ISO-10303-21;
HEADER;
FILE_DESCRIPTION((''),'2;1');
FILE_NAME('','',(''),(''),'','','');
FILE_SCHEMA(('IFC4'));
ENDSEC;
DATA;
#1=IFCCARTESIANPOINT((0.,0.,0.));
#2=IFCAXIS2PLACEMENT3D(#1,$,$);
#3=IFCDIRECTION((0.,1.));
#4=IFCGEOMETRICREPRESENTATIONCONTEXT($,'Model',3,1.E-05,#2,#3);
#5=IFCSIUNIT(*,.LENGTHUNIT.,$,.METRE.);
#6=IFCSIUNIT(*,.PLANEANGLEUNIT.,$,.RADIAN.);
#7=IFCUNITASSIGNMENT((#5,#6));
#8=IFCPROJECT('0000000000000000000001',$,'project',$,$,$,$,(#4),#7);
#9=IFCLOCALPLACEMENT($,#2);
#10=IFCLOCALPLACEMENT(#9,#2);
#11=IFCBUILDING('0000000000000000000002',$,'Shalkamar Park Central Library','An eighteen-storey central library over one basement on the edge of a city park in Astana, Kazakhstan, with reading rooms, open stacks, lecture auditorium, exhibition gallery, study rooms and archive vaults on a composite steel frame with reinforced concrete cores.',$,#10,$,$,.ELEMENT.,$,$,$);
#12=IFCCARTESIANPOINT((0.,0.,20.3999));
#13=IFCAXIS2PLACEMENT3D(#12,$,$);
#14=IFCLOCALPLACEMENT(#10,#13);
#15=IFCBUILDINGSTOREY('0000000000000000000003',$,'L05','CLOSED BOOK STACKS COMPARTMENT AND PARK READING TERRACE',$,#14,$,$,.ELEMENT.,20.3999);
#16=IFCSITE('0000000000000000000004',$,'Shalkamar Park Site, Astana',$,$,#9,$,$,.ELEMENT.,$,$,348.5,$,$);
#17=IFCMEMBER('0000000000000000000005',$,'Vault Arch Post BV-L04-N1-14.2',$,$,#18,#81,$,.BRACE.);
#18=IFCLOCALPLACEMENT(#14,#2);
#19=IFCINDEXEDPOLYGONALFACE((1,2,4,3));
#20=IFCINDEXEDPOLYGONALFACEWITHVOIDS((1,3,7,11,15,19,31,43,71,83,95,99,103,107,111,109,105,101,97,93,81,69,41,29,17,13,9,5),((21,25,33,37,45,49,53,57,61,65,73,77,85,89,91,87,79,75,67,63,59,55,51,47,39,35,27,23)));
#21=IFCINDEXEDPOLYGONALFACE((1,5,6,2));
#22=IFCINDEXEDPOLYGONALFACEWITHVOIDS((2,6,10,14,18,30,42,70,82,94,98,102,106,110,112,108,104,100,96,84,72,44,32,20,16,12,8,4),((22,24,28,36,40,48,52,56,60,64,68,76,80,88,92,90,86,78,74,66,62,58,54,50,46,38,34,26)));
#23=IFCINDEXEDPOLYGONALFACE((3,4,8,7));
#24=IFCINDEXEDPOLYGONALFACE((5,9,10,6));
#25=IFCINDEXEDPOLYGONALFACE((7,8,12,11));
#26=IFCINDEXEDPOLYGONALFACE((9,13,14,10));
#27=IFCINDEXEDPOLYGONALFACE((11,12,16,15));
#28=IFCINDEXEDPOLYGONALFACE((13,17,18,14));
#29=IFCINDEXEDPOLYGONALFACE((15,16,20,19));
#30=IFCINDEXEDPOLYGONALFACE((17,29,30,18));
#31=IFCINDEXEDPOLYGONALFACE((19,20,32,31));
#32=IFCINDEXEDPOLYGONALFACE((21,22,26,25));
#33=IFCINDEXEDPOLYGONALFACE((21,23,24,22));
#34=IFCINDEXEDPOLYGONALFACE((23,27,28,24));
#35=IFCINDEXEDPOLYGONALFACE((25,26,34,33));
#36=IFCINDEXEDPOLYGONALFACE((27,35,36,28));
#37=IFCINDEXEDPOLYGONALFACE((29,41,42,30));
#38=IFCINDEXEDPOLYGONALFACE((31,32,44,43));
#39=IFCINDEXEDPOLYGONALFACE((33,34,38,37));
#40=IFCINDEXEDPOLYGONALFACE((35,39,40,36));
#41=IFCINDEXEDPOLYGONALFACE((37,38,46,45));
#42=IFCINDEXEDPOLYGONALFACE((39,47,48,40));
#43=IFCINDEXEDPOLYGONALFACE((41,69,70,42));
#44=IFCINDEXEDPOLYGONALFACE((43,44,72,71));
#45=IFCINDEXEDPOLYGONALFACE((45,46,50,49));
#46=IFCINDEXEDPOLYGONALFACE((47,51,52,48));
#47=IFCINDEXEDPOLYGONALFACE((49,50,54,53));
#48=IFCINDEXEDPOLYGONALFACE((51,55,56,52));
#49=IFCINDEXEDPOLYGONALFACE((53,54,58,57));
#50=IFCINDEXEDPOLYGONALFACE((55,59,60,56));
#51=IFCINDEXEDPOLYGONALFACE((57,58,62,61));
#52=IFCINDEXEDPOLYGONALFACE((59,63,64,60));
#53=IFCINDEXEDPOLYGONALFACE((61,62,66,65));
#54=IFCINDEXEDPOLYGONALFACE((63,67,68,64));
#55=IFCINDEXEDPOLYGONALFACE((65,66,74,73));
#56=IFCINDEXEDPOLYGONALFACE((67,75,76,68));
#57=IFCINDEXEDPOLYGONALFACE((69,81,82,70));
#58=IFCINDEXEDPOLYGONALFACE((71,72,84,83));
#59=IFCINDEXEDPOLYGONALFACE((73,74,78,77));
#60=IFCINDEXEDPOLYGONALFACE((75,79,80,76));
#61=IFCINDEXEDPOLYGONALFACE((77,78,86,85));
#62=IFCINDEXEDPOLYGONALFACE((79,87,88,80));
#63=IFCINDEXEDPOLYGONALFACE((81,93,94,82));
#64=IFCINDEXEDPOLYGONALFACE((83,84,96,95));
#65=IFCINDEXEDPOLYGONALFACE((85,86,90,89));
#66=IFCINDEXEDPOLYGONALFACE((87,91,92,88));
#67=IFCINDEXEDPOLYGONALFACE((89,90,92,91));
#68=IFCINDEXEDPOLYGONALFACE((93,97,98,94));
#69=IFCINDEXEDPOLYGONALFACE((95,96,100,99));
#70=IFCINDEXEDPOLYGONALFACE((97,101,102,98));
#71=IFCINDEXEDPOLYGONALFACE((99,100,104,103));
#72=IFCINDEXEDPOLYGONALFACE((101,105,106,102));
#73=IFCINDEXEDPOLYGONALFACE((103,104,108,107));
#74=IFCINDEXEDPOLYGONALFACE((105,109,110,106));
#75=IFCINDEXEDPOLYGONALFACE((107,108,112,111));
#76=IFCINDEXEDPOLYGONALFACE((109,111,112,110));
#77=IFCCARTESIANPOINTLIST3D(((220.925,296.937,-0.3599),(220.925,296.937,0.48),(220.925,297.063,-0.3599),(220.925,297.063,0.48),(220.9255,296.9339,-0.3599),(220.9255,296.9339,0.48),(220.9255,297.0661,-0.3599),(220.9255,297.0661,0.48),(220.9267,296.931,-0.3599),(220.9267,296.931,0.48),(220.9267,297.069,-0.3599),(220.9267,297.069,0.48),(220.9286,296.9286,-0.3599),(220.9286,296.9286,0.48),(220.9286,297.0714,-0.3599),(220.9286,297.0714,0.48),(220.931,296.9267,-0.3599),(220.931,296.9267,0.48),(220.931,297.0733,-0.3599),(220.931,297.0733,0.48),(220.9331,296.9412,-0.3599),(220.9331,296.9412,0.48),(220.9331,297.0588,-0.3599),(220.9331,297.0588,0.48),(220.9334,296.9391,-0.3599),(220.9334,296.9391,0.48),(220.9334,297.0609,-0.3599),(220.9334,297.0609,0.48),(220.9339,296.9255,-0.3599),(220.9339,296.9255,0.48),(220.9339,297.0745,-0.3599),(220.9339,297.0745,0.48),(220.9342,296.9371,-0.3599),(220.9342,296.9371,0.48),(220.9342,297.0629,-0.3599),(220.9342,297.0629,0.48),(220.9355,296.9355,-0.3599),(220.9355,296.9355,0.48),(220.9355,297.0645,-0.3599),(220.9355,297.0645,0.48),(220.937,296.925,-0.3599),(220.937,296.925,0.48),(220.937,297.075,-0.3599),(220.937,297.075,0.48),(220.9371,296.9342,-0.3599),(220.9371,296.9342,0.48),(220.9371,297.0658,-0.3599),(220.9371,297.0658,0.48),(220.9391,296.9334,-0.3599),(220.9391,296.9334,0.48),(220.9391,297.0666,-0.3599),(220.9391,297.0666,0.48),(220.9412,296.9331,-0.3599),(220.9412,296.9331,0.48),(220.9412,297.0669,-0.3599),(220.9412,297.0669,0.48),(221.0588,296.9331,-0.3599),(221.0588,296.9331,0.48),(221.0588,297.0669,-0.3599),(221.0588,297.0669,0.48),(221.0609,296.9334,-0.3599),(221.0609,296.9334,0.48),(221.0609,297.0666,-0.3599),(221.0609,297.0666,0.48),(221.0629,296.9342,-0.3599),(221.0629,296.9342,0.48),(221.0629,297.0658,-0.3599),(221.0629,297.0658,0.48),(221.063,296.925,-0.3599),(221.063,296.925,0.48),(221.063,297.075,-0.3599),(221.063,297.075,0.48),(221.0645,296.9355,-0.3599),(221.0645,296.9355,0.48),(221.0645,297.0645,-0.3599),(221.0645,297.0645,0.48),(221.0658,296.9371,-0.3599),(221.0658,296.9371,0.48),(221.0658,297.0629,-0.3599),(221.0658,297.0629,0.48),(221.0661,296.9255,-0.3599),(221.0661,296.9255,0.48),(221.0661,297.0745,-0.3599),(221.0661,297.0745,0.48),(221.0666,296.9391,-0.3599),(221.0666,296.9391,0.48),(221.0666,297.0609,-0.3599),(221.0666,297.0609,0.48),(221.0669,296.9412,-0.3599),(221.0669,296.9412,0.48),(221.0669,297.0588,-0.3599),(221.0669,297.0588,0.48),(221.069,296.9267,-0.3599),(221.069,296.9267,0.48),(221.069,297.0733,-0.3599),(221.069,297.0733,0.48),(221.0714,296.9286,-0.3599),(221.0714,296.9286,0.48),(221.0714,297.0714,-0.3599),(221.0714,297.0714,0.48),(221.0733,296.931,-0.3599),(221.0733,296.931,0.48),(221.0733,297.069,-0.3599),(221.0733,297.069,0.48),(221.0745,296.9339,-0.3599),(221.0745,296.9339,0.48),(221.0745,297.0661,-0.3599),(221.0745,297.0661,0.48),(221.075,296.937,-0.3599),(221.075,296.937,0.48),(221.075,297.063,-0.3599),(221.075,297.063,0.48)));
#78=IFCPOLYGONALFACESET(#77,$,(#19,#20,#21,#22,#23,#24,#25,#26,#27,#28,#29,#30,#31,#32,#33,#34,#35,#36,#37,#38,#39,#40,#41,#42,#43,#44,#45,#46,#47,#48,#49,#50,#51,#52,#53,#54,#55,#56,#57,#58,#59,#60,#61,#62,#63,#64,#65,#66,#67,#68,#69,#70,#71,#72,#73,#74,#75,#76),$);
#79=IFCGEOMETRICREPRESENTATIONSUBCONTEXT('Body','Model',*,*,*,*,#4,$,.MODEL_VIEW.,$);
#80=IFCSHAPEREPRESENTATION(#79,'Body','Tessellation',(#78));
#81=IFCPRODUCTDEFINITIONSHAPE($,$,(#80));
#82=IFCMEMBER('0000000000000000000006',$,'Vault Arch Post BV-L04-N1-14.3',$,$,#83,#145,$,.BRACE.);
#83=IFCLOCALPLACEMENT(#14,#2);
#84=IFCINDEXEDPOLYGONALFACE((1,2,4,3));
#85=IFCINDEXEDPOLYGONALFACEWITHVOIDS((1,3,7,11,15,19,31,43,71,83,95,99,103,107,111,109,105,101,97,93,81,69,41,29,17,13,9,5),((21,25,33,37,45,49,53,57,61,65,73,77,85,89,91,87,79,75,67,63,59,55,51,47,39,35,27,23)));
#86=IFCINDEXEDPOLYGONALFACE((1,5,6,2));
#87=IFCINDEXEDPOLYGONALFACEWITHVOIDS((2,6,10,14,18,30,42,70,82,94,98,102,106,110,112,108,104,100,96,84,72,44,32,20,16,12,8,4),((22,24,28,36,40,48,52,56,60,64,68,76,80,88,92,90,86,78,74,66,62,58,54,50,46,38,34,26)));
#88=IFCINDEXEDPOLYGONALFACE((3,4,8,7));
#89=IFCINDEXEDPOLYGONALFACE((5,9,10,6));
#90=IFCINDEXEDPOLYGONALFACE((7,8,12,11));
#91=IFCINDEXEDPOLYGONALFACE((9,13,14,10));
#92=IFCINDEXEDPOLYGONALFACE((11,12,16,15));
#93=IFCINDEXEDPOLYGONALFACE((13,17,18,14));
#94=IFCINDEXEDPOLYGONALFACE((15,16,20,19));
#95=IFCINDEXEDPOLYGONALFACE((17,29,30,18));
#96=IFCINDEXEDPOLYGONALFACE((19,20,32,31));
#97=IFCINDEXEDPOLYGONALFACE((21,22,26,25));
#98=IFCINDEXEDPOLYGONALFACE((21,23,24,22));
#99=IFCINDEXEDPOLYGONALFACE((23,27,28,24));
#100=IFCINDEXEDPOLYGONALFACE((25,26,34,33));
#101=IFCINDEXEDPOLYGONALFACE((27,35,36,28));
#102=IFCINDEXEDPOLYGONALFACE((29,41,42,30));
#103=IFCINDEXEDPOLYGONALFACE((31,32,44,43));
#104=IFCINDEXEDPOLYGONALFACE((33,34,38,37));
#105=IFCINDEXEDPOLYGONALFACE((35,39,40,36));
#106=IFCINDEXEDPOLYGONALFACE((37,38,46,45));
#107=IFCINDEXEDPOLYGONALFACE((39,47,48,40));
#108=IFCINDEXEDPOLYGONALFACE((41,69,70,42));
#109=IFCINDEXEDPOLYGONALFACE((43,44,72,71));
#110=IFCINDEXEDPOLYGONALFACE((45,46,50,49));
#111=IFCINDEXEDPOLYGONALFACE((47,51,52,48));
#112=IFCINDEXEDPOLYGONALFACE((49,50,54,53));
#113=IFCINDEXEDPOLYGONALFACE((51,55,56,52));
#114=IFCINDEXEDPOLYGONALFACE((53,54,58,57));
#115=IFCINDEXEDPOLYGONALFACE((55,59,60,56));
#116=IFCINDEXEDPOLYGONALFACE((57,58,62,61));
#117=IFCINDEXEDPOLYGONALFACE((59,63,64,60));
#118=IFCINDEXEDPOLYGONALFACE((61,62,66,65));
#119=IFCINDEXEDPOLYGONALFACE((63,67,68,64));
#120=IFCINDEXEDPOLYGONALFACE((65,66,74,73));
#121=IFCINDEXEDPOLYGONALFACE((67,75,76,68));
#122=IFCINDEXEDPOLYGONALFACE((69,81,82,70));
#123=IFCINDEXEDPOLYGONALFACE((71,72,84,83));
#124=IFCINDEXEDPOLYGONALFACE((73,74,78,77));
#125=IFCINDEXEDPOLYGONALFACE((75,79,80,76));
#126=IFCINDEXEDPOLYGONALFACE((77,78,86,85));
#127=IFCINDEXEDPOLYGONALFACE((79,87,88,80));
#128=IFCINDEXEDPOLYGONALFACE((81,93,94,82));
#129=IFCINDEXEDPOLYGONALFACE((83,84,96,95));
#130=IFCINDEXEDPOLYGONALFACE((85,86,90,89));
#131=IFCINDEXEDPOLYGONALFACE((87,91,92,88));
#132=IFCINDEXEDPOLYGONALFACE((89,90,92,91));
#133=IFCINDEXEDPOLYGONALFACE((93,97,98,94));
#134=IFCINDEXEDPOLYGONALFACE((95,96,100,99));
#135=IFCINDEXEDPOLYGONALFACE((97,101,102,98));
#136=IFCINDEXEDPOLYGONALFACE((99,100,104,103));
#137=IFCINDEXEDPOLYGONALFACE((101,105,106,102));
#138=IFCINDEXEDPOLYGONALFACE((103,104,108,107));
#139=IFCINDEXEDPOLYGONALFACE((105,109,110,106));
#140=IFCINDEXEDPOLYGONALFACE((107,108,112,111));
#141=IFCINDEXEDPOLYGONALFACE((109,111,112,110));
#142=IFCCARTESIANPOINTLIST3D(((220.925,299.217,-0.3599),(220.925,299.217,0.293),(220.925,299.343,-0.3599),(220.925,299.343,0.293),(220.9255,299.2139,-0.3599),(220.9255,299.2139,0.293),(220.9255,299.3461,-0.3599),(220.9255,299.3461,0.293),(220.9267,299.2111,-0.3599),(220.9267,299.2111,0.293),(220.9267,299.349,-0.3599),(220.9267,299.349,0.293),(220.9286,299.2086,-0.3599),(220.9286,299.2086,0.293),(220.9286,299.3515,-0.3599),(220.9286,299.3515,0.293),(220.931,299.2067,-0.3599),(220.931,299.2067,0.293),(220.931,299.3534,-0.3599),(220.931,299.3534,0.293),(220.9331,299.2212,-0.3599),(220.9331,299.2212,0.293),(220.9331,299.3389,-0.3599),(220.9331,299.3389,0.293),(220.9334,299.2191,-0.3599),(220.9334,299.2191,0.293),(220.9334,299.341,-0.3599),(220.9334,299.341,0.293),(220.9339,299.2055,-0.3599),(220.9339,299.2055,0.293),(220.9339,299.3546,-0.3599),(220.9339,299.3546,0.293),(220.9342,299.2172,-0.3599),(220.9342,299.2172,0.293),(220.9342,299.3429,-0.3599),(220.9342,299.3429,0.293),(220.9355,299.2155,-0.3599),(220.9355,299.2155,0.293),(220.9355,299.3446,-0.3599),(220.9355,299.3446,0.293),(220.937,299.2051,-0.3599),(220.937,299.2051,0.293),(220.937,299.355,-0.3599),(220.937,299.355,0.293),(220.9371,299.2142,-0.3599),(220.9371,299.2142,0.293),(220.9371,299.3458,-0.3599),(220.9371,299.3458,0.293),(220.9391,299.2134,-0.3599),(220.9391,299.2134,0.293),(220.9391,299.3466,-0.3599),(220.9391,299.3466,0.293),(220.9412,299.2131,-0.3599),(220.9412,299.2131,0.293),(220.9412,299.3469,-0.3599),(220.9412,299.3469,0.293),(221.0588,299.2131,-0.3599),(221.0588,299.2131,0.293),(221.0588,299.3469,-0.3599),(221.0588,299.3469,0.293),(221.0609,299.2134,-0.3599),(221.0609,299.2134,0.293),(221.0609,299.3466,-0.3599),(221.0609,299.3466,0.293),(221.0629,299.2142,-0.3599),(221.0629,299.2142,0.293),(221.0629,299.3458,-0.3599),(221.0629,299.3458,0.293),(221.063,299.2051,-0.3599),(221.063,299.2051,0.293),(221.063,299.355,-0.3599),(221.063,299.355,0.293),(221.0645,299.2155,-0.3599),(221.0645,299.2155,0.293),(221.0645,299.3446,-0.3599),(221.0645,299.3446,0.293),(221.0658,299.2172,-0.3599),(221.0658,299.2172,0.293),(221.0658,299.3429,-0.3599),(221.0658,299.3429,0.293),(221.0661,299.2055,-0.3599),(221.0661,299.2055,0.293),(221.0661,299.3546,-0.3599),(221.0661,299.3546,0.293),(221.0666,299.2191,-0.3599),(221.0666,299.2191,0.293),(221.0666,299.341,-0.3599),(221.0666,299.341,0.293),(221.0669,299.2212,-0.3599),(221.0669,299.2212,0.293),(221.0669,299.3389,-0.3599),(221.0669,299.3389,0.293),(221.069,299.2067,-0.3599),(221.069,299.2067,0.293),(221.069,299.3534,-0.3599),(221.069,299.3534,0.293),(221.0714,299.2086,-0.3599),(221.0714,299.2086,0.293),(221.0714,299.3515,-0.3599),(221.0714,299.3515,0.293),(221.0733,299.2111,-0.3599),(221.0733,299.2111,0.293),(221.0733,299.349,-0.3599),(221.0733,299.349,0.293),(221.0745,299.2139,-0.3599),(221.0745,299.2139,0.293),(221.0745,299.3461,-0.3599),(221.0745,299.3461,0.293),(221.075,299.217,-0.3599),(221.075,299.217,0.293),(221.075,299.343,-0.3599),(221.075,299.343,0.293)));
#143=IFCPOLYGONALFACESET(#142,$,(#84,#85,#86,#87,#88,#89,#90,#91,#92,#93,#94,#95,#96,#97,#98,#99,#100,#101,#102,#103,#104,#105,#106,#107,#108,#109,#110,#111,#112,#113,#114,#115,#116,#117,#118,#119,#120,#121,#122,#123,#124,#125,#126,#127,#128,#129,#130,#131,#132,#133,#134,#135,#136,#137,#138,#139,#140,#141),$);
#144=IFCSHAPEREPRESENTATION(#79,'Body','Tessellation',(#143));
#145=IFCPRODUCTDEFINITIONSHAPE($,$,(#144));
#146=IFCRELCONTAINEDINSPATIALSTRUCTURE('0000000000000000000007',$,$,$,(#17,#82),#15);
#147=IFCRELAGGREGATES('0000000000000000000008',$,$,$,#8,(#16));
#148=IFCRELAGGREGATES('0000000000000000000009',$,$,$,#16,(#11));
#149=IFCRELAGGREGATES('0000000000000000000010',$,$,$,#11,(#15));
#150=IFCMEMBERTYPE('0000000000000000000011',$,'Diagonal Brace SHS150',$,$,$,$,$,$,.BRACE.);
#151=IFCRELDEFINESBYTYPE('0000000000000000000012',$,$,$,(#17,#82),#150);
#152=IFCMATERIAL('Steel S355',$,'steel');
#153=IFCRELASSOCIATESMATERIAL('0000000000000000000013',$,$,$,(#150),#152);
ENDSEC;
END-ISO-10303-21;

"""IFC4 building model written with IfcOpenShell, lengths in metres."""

from ifc_helpers import new_model, si_unit, direction, frame, origin, origin_2d, place, context, subcontext, project, spatial, hollow_rectangle, extrude, material, material_profile, profile_set, type_object, element, save


model = new_model("IFC4")

# Units and contexts
model_context = context("Model", 3, precision=1e-05, world=origin(), true_north=direction((0.0, 1.0)))
body_context = subcontext(model_context, "Body", "Model", "MODEL_VIEW")
ifc_project = project(units=[si_unit("LENGTHUNIT", "METRE"), si_unit("PLANEANGLEUNIT", "RADIAN")], contexts=[model_context])

# Site, building, storey
site_placement = place(None, origin())
site = spatial("IfcSite", under=ifc_project, at=site_placement, Name="Shalkamar Park Site, Astana", CompositionType="ELEMENT", RefElevation=348.5)
building_placement = place(site_placement, origin())
building = spatial("IfcBuilding", under=site, at=building_placement, Name="Shalkamar Park Central Library", Description="An eighteen-storey central library over one basement on the edge of a city park in Astana, Kazakhstan, with reading rooms, open stacks, lecture auditorium, exhibition gallery, study rooms and archive vaults on a composite steel frame with reinforced concrete cores.", CompositionType="ELEMENT")
storey_placement = place(building_placement, frame((0.0, 0.0, 20.3999)))
storey = spatial("IfcBuildingStorey", under=building, at=storey_placement, Name="L05", Description="CLOSED BOOK STACKS COMPARTMENT AND PARK READING TERRACE", CompositionType="ELEMENT", Elevation=20.3999)

# Members
ifc_material_1 = material(Name="Steel S355", Category="steel")
ifc_material_profile_1 = material_profile(ifc_material_1, hollow_rectangle(XDim=0.1499, YDim=0.1499, WallThickness=0.0081, InnerFilletRadius=0.0081, OuterFilletRadius=0.012, at=origin_2d()), Name="SHS 150x150x8")
ifc_profile_set_1 = profile_set([ifc_material_profile_1], Name="Steel S355")
member_type_1 = type_object("IfcMemberType", Name="Diagonal Brace SHS150", PredefinedType="BRACE", material=ifc_profile_set_1)
member_1_placement = place(storey_placement, frame((221.0, 297.0, -0.3599), z_axis=(0.0, 0.0, 1.0), x_axis=(1.0, 0.0, 0.0)))
element("IfcMember", 1, at=member_1_placement, inside=storey, type_object=member_type_1, Name="Vault Arch Post BV-L04-N1-14.2", PredefinedType="BRACE", context=body_context, shape_type="SweptSolid", body=[
    extrude(hollow_rectangle(XDim=0.1499, YDim=0.1499, WallThickness=0.0081, InnerFilletRadius=0.0081, OuterFilletRadius=0.012, at=origin_2d()), origin(), (0.0, 0.0, 1.0), 0.8398),
])
member_2_placement = place(storey_placement, frame((221.0, 299.28, -0.3599), z_axis=(0.0, 0.0, 1.0), x_axis=(1.0, 0.0, 0.0)))
element("IfcMember", 2, at=member_2_placement, inside=storey, type_object=member_type_1, Name="Vault Arch Post BV-L04-N1-14.3", PredefinedType="BRACE", context=body_context, shape_type="SweptSolid", body=[
    extrude(hollow_rectangle(XDim=0.1499, YDim=0.1499, WallThickness=0.0081, InnerFilletRadius=0.0081, OuterFilletRadius=0.012, at=origin_2d()), origin(), (0.0, 0.0, 1.0), 0.6528),
])

save(model, "model.ifc")
